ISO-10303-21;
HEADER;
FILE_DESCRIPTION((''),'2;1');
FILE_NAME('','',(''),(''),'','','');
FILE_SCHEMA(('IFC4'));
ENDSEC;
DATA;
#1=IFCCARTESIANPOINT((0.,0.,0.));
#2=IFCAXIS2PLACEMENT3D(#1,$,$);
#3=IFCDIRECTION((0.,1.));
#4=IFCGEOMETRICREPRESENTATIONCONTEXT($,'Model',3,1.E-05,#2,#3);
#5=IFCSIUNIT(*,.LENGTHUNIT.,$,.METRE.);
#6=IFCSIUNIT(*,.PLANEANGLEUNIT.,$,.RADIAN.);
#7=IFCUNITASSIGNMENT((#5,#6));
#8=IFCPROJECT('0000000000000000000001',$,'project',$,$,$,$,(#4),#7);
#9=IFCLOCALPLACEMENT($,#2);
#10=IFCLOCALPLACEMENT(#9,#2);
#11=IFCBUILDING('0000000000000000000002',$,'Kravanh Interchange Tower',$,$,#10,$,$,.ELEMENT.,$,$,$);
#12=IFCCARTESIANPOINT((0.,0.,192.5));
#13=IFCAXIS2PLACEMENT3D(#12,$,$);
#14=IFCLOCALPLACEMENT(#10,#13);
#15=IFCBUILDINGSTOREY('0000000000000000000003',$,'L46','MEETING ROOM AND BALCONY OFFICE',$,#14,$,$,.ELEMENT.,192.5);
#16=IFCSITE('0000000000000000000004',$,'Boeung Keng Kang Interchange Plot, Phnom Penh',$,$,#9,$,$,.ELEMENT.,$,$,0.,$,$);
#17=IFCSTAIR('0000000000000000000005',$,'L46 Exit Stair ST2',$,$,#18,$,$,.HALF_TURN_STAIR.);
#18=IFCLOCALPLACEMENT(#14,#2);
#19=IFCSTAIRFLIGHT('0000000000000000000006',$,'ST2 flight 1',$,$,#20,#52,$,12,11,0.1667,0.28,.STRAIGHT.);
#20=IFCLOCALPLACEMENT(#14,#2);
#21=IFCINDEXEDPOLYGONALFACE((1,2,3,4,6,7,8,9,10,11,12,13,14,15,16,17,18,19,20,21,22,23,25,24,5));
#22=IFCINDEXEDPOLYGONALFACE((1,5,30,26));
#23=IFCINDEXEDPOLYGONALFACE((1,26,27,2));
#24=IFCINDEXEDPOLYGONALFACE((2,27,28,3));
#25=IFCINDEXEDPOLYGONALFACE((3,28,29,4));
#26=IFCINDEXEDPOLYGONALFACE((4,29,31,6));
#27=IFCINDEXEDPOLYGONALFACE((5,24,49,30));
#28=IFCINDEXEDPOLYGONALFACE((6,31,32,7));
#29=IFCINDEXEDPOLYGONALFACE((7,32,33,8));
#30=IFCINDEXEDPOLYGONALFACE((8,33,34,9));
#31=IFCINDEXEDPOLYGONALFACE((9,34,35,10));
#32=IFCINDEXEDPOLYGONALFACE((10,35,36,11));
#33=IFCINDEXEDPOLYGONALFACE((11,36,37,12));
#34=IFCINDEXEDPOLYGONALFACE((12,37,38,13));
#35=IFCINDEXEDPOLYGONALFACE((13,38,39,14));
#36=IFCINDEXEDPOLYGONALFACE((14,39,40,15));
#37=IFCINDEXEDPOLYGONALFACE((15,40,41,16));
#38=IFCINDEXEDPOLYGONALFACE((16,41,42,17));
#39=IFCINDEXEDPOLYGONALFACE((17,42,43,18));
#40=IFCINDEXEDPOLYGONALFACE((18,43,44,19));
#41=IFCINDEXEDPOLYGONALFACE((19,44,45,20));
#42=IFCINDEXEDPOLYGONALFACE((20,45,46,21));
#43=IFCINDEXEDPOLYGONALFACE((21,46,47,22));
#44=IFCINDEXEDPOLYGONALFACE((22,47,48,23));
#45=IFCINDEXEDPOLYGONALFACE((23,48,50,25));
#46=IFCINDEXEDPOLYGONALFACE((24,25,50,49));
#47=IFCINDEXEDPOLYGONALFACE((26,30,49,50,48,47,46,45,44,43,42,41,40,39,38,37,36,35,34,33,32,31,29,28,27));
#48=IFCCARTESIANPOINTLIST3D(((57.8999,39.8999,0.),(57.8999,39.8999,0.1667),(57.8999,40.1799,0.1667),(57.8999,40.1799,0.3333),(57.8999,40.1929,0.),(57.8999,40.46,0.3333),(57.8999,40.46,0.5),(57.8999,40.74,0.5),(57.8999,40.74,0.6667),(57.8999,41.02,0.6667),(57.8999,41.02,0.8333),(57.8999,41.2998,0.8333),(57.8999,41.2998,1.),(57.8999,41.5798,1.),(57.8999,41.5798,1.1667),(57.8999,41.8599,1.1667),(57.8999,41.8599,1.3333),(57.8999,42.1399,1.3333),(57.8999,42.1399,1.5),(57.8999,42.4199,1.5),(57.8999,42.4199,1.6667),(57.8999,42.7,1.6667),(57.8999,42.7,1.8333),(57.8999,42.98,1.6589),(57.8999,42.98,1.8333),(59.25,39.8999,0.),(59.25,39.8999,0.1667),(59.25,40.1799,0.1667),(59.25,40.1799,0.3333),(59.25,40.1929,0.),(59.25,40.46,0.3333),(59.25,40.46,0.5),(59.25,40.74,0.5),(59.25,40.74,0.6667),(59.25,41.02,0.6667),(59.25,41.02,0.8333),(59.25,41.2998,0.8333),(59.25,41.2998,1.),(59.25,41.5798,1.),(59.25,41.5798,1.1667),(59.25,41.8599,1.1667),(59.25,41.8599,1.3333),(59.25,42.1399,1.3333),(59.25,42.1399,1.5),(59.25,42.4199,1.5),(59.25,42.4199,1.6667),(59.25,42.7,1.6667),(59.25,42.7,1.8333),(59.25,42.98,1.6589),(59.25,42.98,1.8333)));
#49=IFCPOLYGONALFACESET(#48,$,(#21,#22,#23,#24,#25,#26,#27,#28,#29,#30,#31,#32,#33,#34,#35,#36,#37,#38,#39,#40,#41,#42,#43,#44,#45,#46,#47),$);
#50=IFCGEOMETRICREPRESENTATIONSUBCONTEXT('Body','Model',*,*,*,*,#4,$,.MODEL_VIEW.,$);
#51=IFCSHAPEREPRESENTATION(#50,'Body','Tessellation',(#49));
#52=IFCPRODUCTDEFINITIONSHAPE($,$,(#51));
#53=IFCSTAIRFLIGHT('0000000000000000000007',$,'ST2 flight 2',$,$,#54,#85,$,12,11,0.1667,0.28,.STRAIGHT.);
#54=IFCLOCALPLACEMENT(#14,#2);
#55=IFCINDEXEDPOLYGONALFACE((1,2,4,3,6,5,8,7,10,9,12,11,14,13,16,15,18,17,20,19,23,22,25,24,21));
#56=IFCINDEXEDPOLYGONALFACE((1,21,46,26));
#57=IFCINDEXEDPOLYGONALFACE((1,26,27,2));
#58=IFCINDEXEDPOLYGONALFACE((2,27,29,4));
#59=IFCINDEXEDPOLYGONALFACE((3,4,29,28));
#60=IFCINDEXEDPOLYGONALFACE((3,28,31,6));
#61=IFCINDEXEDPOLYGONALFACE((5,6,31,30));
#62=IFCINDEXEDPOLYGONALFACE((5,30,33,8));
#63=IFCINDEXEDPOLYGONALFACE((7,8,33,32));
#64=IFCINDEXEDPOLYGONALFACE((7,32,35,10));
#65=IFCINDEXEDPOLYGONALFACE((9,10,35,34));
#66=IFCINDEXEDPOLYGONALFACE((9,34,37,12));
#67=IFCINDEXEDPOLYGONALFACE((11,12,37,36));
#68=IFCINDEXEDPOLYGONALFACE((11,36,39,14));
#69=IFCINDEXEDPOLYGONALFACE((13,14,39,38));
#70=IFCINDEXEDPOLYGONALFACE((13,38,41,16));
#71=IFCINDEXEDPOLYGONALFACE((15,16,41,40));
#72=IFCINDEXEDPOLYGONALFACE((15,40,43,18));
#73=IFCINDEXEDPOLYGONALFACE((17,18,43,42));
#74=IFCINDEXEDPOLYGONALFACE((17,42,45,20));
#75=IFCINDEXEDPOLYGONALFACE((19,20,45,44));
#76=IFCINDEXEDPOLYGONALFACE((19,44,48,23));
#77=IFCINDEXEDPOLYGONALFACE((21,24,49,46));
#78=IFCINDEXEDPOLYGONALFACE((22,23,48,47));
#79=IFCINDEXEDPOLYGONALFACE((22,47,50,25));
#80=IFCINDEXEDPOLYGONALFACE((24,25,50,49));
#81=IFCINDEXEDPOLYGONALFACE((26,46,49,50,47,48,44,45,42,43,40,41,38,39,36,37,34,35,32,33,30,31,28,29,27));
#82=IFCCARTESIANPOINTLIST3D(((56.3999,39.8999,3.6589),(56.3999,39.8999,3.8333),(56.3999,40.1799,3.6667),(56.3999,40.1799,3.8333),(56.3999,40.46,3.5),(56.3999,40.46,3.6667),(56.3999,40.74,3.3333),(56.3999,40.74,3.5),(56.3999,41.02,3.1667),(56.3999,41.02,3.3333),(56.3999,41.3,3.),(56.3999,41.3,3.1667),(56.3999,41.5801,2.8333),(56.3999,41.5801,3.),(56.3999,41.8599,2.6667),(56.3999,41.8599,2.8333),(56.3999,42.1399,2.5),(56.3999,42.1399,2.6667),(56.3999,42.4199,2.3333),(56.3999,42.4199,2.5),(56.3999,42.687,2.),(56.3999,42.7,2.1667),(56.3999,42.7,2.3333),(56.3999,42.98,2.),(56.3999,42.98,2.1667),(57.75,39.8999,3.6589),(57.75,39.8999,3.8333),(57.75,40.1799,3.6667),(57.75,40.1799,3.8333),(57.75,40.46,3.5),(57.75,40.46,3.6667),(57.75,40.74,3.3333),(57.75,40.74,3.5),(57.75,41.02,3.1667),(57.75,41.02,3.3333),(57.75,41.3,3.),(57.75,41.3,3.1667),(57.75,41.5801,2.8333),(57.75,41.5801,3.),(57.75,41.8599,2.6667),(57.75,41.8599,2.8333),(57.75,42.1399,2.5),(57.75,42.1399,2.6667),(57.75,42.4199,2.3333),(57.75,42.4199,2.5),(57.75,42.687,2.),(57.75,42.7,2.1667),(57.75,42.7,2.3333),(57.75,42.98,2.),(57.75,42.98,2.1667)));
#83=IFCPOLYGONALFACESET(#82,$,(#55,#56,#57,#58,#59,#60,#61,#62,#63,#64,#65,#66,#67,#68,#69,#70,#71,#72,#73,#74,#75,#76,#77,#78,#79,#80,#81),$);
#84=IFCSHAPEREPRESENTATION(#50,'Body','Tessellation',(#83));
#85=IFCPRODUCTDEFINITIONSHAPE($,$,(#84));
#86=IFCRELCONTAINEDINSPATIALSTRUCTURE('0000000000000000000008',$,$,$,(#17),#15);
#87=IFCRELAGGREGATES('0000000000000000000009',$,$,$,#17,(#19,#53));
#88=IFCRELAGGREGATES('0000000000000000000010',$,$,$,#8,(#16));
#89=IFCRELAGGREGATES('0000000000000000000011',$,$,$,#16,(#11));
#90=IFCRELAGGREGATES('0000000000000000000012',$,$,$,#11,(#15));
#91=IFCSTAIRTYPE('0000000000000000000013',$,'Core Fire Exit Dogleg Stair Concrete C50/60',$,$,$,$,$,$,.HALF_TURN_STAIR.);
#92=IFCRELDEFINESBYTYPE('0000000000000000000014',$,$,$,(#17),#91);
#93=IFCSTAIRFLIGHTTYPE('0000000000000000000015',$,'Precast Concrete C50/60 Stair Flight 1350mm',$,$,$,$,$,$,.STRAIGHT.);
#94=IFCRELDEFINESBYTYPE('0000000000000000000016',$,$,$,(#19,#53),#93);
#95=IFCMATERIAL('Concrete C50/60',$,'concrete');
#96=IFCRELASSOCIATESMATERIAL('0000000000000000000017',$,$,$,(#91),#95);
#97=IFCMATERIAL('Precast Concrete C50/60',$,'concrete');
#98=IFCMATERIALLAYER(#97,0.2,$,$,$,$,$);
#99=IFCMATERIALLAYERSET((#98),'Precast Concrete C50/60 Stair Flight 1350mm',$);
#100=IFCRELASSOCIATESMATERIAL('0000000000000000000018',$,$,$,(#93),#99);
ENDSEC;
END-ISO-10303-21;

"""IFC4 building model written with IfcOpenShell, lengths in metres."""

from ifc_helpers import new_model, si_unit, direction, frame, origin, place, context, subcontext, project, spatial, polyline, outline, extrude, material, layer, layer_set, type_object, element, aggregate, save


model = new_model("IFC4")

# Units and contexts
model_context = context("Model", 3, precision=1e-05, world=origin(), true_north=direction((0.0, 1.0)))
body_context = subcontext(model_context, "Body", "Model", "MODEL_VIEW")
ifc_project = project(units=[si_unit("LENGTHUNIT", "METRE"), si_unit("PLANEANGLEUNIT", "RADIAN")], contexts=[model_context])

# Site, building, storey
site_placement = place(None, origin())
site = spatial("IfcSite", under=ifc_project, at=site_placement, Name="Boeung Keng Kang Interchange Plot, Phnom Penh", CompositionType="ELEMENT", RefElevation=0.0)
building_placement = place(site_placement, origin())
building = spatial("IfcBuilding", under=site, at=building_placement, Name="Kravanh Interchange Tower", CompositionType="ELEMENT")
storey_placement = place(building_placement, frame((0.0, 0.0, 192.5)))
storey = spatial("IfcBuildingStorey", under=building, at=storey_placement, Name="L46", Description="MEETING ROOM AND BALCONY OFFICE", CompositionType="ELEMENT", Elevation=192.5)

# Stair, stair flights
ifc_material_1 = material(Name="Concrete C50/60", Category="concrete")
stair_type = type_object("IfcStairType", Name="Core Fire Exit Dogleg Stair Concrete C50/60", PredefinedType="HALF_TURN_STAIR", material=ifc_material_1)
ifc_material_2 = material(Name="Precast Concrete C50/60", Category="concrete")
ifc_layer_1 = layer(ifc_material_2, 0.2)
ifc_layer_set_1 = layer_set([ifc_layer_1], Name="Precast Concrete C50/60 Stair Flight 1350mm")
stair_flight_type = type_object("IfcStairFlightType", Name="Precast Concrete C50/60 Stair Flight 1350mm", PredefinedType="STRAIGHT", material=ifc_layer_set_1)
stair_1_placement = place(storey_placement, origin())
stair_1 = element("IfcStair", 1, at=stair_1_placement, inside=storey, type_object=stair_type, Name="L46 Exit Stair ST2", PredefinedType="HALF_TURN_STAIR")
stair_flight_1_placement = place(storey_placement, frame((58.575, 39.8999, 0.0), z_axis=(0.0, 0.0, 1.0), x_axis=(0.0, 1.0, 0.0)))
stair_flight_1 = element("IfcStairFlight", 2, at=stair_flight_1_placement, type_object=stair_flight_type, Name="ST2 flight 1", NumberOfRisers=12, NumberOfTreads=11, PredefinedType="STRAIGHT", RiserHeight=0.1667, TreadLength=0.28, context=body_context, shape_type="SweptSolid", body=[
    extrude(outline(polyline([(0.0, 0.0), (0.0, 0.1667), (0.28, 0.1667), (0.28, 0.3333), (0.5601, 0.3333), (0.5601, 0.5), (0.8401, 0.5), (0.8401, 0.6667), (1.1201, 0.6667), (1.1201, 0.8333), (1.3999, 0.8333), (1.3999, 1.0), (1.6799, 1.0), (1.6799, 1.1667), (1.96, 1.1667), (1.96, 1.3333), (2.24, 1.3333), (2.24, 1.5), (2.52, 1.5), (2.52, 1.6667), (2.8, 1.6667), (2.8, 1.8333), (3.0801, 1.8333), (3.0801, 2.0), (3.0801, 1.6589), (0.293, 0.0), (0.0, 0.0)])), frame((0.0, 0.675, 0.0), z_axis=(0.0, -1.0, 0.0), x_axis=(1.0, 0.0, 0.0)), (0.0, 0.0, 1.0), 1.3501),
])
stair_flight_2_placement = place(storey_placement, frame((57.075, 42.98, 2.0), z_axis=(0.0, 0.0, 1.0), x_axis=(0.0, -1.0, 0.0)))
stair_flight_2 = element("IfcStairFlight", 3, at=stair_flight_2_placement, type_object=stair_flight_type, Name="ST2 flight 2", NumberOfRisers=12, NumberOfTreads=11, PredefinedType="STRAIGHT", RiserHeight=0.1667, TreadLength=0.28, context=body_context, shape_type="SweptSolid", body=[
    extrude(outline(polyline([(0.0, 0.0), (0.0, 0.1667), (0.28, 0.1667), (0.28, 0.3333), (0.5601, 0.3333), (0.5601, 0.5), (0.8401, 0.5), (0.8401, 0.6667), (1.1201, 0.6667), (1.1201, 0.8333), (1.3999, 0.8333), (1.3999, 1.0), (1.6799, 1.0), (1.6799, 1.1667), (1.96, 1.1667), (1.96, 1.3333), (2.24, 1.3333), (2.24, 1.5), (2.52, 1.5), (2.52, 1.6667), (2.8, 1.6667), (2.8, 1.8333), (3.0801, 1.8333), (3.0801, 2.0), (3.0801, 1.6589), (0.293, 0.0), (0.0, 0.0)])), frame((0.0, 0.675, 0.0), z_axis=(0.0, -1.0, 0.0), x_axis=(1.0, 0.0, 0.0)), (0.0, 0.0, 1.0), 1.3501),
])
aggregate(stair_1, [stair_flight_1, stair_flight_2])

save(model, "model.ifc")
